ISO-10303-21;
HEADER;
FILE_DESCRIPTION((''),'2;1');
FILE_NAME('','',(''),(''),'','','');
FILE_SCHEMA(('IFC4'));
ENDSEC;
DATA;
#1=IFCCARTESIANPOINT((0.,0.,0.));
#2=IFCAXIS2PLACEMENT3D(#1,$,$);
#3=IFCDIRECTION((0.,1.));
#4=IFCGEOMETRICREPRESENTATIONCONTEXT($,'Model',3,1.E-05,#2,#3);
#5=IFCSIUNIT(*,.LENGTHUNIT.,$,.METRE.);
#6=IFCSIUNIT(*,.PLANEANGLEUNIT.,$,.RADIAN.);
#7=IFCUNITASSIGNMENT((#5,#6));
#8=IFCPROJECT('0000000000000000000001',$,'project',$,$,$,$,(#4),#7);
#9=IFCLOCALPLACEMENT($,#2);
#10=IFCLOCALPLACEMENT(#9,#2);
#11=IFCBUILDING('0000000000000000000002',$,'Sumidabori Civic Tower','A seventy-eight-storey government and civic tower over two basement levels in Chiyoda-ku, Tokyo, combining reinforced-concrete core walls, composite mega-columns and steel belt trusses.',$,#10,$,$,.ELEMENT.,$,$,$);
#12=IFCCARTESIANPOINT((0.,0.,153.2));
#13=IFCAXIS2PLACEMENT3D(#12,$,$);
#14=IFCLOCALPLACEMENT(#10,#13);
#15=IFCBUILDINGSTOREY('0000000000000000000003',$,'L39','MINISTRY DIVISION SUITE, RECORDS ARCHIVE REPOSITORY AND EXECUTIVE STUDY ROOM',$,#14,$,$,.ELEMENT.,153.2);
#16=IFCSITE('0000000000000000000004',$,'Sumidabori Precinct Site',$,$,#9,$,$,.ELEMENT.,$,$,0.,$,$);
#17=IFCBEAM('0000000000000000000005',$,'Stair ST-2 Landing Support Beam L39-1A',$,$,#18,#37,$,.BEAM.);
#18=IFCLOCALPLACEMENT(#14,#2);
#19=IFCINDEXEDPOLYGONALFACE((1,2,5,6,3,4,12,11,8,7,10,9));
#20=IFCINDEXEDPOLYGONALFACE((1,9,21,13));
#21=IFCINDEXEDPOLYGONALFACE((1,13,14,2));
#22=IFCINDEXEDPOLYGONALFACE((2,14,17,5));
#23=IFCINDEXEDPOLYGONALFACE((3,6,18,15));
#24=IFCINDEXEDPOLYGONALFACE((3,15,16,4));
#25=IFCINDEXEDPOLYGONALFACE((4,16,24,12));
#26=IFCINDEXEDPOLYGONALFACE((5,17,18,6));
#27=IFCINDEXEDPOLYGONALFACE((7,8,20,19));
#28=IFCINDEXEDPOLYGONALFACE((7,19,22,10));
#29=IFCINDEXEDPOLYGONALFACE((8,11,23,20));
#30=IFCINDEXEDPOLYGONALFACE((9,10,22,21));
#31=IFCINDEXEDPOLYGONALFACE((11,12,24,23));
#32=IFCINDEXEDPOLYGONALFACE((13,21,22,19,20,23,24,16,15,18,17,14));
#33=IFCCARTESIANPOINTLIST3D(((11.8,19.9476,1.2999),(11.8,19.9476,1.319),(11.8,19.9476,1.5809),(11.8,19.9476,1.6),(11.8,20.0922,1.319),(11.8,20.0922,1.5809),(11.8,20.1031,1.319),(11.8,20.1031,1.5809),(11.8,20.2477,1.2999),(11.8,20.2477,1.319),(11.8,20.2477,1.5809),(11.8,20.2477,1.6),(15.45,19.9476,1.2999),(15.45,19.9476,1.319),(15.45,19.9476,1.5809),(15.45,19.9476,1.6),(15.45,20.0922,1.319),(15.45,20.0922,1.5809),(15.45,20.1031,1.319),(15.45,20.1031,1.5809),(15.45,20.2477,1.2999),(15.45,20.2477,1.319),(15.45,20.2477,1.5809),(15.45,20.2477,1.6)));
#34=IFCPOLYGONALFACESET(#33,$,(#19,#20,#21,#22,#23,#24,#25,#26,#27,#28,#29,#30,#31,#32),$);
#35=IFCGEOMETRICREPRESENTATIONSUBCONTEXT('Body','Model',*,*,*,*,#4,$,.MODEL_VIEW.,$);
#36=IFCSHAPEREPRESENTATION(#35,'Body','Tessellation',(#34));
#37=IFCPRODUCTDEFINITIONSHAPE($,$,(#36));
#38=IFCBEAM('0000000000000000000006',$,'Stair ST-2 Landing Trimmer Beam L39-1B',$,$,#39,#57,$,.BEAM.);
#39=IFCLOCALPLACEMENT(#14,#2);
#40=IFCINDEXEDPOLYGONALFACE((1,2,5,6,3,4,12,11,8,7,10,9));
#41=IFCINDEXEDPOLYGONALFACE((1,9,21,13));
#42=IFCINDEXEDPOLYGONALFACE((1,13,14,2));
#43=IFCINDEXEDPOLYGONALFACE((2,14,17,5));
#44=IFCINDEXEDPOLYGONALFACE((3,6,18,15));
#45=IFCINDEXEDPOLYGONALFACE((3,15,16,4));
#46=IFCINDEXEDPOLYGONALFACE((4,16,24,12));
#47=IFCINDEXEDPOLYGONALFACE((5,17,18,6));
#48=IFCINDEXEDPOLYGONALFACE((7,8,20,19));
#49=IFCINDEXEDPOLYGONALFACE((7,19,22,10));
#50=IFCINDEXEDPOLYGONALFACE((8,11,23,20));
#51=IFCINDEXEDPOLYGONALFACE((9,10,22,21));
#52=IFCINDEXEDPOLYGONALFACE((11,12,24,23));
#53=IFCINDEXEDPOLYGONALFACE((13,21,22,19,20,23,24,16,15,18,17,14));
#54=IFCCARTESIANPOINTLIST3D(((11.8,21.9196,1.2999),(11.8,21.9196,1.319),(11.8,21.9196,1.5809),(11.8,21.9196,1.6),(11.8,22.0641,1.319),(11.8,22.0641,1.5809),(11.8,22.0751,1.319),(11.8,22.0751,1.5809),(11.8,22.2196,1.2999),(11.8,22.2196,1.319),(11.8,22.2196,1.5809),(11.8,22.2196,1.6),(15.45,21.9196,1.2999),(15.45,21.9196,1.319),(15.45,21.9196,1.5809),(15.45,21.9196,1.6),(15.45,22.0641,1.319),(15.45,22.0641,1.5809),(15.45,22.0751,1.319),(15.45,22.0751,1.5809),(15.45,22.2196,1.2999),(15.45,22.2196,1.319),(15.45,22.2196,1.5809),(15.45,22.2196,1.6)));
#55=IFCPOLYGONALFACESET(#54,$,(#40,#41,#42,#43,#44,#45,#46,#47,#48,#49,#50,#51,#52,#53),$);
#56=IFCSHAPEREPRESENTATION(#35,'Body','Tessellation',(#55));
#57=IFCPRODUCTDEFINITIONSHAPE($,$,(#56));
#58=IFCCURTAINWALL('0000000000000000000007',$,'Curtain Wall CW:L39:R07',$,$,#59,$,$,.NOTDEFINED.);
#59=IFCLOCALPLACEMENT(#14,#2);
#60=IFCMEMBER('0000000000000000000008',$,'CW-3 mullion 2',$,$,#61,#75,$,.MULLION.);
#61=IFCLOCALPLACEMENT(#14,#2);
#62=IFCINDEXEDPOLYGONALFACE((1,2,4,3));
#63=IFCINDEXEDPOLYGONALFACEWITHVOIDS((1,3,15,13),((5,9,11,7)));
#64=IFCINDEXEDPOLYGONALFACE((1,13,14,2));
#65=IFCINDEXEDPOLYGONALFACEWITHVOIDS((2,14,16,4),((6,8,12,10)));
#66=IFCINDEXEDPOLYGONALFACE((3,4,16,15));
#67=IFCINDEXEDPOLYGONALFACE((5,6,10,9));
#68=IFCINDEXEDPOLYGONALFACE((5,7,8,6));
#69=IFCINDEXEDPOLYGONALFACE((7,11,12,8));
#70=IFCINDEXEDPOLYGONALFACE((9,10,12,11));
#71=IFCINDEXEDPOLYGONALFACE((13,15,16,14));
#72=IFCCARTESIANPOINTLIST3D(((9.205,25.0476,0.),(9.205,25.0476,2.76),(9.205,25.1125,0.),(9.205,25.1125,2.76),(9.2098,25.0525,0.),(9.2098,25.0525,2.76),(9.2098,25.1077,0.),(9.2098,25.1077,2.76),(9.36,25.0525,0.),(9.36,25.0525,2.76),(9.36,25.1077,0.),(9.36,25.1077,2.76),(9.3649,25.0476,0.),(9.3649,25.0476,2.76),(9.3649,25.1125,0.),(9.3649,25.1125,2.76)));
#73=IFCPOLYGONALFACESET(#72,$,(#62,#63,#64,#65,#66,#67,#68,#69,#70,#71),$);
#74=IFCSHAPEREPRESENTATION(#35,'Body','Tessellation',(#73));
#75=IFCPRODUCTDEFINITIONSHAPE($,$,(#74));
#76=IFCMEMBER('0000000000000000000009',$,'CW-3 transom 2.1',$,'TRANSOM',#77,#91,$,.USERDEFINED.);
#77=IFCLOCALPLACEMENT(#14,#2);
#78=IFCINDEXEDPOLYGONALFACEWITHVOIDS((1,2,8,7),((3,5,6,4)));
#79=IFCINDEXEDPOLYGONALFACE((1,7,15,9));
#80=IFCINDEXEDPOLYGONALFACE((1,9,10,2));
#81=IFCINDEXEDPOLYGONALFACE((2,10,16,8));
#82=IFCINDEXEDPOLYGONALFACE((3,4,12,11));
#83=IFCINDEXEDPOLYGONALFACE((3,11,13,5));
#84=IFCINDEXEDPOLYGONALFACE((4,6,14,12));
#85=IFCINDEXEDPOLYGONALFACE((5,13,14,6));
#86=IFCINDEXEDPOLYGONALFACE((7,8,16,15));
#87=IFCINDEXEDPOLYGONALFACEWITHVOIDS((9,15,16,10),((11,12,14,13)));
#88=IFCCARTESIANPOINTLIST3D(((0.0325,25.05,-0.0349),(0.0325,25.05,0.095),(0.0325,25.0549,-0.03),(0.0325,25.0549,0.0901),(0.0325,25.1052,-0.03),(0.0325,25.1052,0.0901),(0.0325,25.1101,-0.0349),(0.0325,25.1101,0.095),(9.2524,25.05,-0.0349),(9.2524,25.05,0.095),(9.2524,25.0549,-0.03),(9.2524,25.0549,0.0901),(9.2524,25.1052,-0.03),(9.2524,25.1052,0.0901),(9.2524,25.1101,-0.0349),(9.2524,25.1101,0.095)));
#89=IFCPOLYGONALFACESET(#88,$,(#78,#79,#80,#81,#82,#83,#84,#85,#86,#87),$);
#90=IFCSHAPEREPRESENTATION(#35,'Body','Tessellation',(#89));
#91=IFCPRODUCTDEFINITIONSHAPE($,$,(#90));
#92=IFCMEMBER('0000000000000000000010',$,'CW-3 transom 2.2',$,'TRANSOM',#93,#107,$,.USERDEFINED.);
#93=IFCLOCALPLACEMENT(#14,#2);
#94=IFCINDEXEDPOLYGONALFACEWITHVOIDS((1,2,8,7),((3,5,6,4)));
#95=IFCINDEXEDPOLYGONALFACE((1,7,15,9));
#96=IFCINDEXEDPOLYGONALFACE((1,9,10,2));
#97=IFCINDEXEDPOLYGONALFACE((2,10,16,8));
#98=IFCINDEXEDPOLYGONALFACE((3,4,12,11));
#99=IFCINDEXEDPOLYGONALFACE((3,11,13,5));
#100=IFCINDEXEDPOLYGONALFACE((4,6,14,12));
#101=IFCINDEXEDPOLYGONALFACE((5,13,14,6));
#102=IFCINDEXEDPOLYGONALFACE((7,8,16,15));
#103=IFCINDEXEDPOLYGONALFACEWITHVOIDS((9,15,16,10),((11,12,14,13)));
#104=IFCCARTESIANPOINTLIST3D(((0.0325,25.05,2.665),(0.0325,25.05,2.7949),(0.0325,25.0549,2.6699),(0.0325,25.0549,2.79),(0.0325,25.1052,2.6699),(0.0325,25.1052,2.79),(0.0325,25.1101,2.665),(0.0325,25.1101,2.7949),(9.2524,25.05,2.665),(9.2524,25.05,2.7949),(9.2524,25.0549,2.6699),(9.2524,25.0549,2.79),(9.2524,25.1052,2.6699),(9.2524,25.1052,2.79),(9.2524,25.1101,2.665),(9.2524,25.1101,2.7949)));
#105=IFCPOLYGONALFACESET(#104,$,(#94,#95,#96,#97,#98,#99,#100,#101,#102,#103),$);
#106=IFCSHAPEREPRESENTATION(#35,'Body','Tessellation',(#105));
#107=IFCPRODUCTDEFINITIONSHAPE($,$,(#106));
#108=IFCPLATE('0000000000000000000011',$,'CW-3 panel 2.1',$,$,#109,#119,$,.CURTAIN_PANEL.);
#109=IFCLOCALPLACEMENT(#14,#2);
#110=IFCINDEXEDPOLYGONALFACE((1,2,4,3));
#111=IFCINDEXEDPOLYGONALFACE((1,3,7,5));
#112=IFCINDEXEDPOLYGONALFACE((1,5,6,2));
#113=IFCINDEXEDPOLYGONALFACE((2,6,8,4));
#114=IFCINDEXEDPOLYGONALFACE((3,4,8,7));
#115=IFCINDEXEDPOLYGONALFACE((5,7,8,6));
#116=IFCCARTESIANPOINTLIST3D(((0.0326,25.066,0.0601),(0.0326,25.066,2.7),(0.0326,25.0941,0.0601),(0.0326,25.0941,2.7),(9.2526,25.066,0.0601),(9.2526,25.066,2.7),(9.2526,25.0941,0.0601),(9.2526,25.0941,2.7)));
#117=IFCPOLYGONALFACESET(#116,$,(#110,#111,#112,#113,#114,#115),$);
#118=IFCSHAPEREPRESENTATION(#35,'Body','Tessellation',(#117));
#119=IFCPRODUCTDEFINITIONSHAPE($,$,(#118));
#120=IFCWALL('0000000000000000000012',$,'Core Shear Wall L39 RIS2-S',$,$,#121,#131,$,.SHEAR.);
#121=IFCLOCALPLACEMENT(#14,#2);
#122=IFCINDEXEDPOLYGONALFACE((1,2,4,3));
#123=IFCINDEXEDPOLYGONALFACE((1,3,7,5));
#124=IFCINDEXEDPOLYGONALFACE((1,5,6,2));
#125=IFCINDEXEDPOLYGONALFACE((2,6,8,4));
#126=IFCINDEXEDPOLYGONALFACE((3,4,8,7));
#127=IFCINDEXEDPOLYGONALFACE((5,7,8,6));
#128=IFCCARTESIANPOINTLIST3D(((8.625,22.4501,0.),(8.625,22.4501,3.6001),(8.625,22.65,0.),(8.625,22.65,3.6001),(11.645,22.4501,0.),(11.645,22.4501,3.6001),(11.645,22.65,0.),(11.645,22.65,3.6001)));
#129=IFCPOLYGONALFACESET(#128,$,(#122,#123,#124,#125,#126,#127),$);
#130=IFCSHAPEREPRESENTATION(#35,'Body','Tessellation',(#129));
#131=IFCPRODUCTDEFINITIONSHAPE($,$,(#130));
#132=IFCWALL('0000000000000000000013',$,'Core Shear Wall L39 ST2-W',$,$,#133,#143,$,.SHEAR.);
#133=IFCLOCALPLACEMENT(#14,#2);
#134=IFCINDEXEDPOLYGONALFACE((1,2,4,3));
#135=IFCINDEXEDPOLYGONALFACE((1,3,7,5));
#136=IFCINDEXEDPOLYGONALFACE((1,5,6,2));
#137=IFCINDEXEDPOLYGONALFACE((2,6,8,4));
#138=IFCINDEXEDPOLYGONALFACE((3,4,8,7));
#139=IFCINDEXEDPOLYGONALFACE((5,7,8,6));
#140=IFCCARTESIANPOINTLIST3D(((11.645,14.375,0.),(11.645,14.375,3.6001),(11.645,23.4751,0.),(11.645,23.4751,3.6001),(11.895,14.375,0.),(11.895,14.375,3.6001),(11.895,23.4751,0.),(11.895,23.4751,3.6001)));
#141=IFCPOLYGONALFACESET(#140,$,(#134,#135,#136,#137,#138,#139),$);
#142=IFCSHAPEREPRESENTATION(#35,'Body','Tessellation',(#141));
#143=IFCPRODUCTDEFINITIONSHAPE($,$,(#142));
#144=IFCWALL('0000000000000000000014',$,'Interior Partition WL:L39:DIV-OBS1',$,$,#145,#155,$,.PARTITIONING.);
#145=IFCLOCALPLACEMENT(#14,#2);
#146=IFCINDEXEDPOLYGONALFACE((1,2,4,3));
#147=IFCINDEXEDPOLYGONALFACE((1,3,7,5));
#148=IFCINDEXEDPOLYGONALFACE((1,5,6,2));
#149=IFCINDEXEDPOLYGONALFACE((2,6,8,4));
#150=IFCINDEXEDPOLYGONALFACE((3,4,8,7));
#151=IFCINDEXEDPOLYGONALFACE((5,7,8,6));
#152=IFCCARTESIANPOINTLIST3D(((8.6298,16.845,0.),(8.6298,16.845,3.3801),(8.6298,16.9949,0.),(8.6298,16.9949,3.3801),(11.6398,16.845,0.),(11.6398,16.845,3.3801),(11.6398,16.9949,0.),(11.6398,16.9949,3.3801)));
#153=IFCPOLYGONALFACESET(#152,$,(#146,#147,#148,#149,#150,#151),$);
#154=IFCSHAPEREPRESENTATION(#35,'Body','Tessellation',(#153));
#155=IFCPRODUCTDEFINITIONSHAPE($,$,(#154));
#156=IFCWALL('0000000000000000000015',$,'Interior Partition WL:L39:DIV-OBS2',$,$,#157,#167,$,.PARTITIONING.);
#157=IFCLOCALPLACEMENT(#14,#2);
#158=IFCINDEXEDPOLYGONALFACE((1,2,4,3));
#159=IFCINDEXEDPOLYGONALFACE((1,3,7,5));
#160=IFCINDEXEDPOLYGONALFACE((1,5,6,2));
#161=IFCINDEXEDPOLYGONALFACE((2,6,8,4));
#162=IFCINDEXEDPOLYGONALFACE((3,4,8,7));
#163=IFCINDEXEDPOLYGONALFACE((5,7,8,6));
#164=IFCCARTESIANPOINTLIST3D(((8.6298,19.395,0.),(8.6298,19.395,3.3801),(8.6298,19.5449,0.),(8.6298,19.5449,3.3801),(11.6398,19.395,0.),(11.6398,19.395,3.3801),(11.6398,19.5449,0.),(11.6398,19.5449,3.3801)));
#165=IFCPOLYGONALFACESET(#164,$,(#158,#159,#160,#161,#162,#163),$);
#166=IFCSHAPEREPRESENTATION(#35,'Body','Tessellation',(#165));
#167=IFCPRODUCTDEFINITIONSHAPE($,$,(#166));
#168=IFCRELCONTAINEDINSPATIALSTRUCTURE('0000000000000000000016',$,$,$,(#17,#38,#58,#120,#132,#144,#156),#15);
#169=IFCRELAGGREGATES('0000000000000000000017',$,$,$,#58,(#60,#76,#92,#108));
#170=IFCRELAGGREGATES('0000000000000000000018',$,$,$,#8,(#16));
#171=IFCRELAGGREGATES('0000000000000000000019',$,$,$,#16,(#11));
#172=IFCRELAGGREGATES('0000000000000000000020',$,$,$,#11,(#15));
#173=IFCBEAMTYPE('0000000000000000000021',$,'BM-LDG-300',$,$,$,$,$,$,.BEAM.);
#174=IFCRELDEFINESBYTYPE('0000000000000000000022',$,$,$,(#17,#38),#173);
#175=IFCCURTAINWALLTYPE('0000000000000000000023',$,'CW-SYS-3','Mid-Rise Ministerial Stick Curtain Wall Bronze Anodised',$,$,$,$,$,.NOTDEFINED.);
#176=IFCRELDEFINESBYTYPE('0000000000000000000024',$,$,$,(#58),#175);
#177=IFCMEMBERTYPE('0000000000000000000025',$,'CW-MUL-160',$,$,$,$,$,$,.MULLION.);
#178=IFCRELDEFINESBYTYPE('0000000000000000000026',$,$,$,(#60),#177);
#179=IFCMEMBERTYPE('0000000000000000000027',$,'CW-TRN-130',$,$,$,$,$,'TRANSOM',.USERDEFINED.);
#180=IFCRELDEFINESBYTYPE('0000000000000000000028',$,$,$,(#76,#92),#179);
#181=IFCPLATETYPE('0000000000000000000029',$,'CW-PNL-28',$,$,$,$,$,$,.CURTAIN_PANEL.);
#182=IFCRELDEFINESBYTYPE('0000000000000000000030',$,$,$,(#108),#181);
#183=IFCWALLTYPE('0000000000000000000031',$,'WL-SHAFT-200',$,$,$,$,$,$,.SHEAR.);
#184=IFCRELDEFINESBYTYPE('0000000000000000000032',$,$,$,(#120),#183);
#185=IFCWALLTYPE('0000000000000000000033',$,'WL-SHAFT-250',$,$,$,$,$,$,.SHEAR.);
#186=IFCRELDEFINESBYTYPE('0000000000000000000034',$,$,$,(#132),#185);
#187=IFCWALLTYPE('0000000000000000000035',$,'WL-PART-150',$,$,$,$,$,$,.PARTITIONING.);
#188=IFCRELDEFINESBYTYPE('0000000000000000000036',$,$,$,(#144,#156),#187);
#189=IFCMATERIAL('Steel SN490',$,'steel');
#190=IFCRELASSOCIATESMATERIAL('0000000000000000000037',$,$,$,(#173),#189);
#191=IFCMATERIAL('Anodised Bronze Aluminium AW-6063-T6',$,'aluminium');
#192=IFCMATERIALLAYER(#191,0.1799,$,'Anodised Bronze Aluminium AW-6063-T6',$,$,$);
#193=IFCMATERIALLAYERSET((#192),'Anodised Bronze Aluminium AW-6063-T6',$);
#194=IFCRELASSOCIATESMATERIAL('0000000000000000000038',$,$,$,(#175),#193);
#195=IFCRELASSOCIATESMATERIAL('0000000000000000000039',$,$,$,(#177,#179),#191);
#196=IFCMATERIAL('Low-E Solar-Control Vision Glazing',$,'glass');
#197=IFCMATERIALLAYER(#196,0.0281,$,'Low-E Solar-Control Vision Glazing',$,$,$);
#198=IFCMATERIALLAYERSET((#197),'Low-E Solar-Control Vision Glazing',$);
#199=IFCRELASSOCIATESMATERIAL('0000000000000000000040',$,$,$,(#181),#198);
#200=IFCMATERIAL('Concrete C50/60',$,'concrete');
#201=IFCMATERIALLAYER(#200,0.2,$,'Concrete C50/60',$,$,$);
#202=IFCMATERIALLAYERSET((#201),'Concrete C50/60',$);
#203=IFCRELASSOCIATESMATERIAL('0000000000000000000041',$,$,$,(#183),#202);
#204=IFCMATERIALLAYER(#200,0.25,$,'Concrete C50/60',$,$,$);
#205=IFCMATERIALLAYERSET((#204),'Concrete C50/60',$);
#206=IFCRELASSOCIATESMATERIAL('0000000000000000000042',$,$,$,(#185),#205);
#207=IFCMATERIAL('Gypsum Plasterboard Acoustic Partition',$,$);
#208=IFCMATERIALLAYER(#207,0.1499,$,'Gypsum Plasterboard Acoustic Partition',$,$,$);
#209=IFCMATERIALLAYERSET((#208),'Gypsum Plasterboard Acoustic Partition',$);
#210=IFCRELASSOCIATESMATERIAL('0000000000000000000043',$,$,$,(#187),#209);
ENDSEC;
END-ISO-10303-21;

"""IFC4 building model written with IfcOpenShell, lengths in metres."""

from ifc_helpers import new_model, si_unit, direction, frame, frame_2d, origin, origin_2d, place, context, subcontext, project, spatial, rectangle, hollow_rectangle, i_section, extrude, source, transform, mapped, material, layer, layer_set, material_profile, profile_set, type_object, element, aggregate, save


model = new_model("IFC4")

# Units and contexts
model_context = context("Model", 3, precision=1e-05, world=origin(), true_north=direction((0.0, 1.0)))
body_context = subcontext(model_context, "Body", "Model", "MODEL_VIEW")
ifc_project = project(units=[si_unit("LENGTHUNIT", "METRE"), si_unit("PLANEANGLEUNIT", "RADIAN")], contexts=[model_context])

# Site, building, storey
site_placement = place(None, origin())
site = spatial("IfcSite", under=ifc_project, at=site_placement, Name="Sumidabori Precinct Site", CompositionType="ELEMENT", RefElevation=0.0)
building_placement = place(site_placement, origin())
building = spatial("IfcBuilding", under=site, at=building_placement, Name="Sumidabori Civic Tower", Description="A seventy-eight-storey government and civic tower over two basement levels in Chiyoda-ku, Tokyo, combining reinforced-concrete core walls, composite mega-columns and steel belt trusses.", CompositionType="ELEMENT")
storey_placement = place(building_placement, frame((0.0, 0.0, 153.2)))
storey = spatial("IfcBuildingStorey", under=building, at=storey_placement, Name="L39", Description="MINISTRY DIVISION SUITE, RECORDS ARCHIVE REPOSITORY AND EXECUTIVE STUDY ROOM", CompositionType="ELEMENT", Elevation=153.2)

# Beams
ifc_material_1 = material(Name="Steel SN490", Category="steel")
ifc_material_profile_1 = material_profile(ifc_material_1, i_section(OverallWidth=0.3, OverallDepth=0.3, WebThickness=0.011, FlangeThickness=0.019, at=origin_2d()), Name="HE 300 B")
ifc_profile_set_1 = profile_set([ifc_material_profile_1], Name="Steel SN490")
beam_type = type_object("IfcBeamType", Name="BM-LDG-300", PredefinedType="BEAM", material=ifc_profile_set_1)
shared_shape_1 = source(origin(), body_context, "Body", "SweptSolid", [
    extrude(i_section(OverallWidth=0.3, OverallDepth=0.3, WebThickness=0.011, FlangeThickness=0.019, at=origin_2d()), origin(), (0.0, 0.0, 1.0), 3.6499),
])
for number, where, z_axis, x_axis, name in (
    (1, (11.8, 20.0977, 1.45), (1.0, 0.0, 0.0), (0.0, 1.0, 0.0), "Stair ST-2 Landing Support Beam L39-1A"),
    (2, (11.8, 22.0696, 1.45), (1.0, 0.0, 0.0), (0.0, 1.0, 0.0), "Stair ST-2 Landing Trimmer Beam L39-1B"),
):
    element("IfcBeam", number, at=place(storey_placement, frame(where, z_axis=z_axis, x_axis=x_axis)), inside=storey, type_object=beam_type, Name=name, PredefinedType="BEAM", context=body_context, shape_type="MappedRepresentation", body=[
        mapped(shared_shape_1, transform((0.0, 0.0, 0.0), x_axis=(1.0, 0.0, 0.0), y_axis=(0.0, 1.0, 0.0), z_axis=(0.0, 0.0, 1.0), scale=1.0)),
    ])

# Curtain wall, members, plate
ifc_material_2 = material(Name="Anodised Bronze Aluminium AW-6063-T6", Category="aluminium")
ifc_layer_1 = layer(ifc_material_2, 0.1799, Name="Anodised Bronze Aluminium AW-6063-T6")
ifc_layer_set_1 = layer_set([ifc_layer_1], Name="Anodised Bronze Aluminium AW-6063-T6")
curtain_wall_type = type_object("IfcCurtainWallType", Name="CW-SYS-3", Description="Mid-Rise Ministerial Stick Curtain Wall Bronze Anodised", PredefinedType="NOTDEFINED", material=ifc_layer_set_1)
curtain_wall_placement = place(storey_placement, origin())
curtain_wall = element("IfcCurtainWall", 3, at=curtain_wall_placement, inside=storey, type_object=curtain_wall_type, Name="Curtain Wall CW:L39:R07", PredefinedType="NOTDEFINED")
ifc_material_profile_2 = material_profile(ifc_material_2, hollow_rectangle(XDim=0.0649, YDim=0.1599, WallThickness=0.0049, at=origin_2d()), Name="ALU MULLION 160x65")
ifc_profile_set_2 = profile_set([ifc_material_profile_2], Name="Anodised Bronze Aluminium AW-6063-T6")
member_type_1 = type_object("IfcMemberType", Name="CW-MUL-160", PredefinedType="MULLION", material=ifc_profile_set_2)
shared_shape_2 = source(origin(), body_context, "Body", "SweptSolid", [
    extrude(hollow_rectangle(XDim=0.0649, YDim=0.1599, WallThickness=0.0049, at=origin_2d()), origin(), (0.0, 0.0, 1.0), 2.76),
])
member_1_placement = place(storey_placement, frame((9.2849, 25.0801, 0.0), z_axis=(0.0, 0.0, 1.0), x_axis=(0.0, -1.0, 0.0)))
member_1 = element("IfcMember", 4, at=member_1_placement, type_object=member_type_1, Name="CW-3 mullion 2", PredefinedType="MULLION", context=body_context, shape_type="MappedRepresentation", body=[
    mapped(shared_shape_2, transform((0.0, 0.0, 0.0), x_axis=(1.0, 0.0, 0.0), y_axis=(0.0, 1.0, 0.0), z_axis=(0.0, 0.0, 1.0), scale=1.0)),
])
ifc_material_profile_3 = material_profile(ifc_material_2, hollow_rectangle(XDim=0.0601, YDim=0.1299, WallThickness=0.0049, at=origin_2d()), Name="ALU TRANSOM 130x60")
ifc_profile_set_3 = profile_set([ifc_material_profile_3], Name="Anodised Bronze Aluminium AW-6063-T6")
member_type_2 = type_object("IfcMemberType", Name="CW-TRN-130", ElementType="TRANSOM", PredefinedType="USERDEFINED", material=ifc_profile_set_3)
shared_shape_3 = source(origin(), body_context, "Body", "SweptSolid", [
    extrude(hollow_rectangle(XDim=0.0601, YDim=0.1299, WallThickness=0.0049, at=origin_2d()), origin(), (0.0, 0.0, 1.0), 9.22),
])
member_2_placement = place(storey_placement, frame((9.2524, 25.0801, 0.03), z_axis=(-1.0, 0.0, 0.0), x_axis=(0.0, -1.0, 0.0)))
member_2 = element("IfcMember", 5, at=member_2_placement, type_object=member_type_2, Name="CW-3 transom 2.1", ObjectType="TRANSOM", PredefinedType="USERDEFINED", context=body_context, shape_type="MappedRepresentation", body=[
    mapped(shared_shape_3, transform((0.0, 0.0, 0.0), x_axis=(1.0, 0.0, 0.0), y_axis=(0.0, 1.0, 0.0), z_axis=(0.0, 0.0, 1.0), scale=1.0)),
])
member_3_placement = place(storey_placement, frame((9.2524, 25.0801, 2.73), z_axis=(-1.0, 0.0, 0.0), x_axis=(0.0, -1.0, 0.0)))
member_3 = element("IfcMember", 6, at=member_3_placement, type_object=member_type_2, Name="CW-3 transom 2.2", ObjectType="TRANSOM", PredefinedType="USERDEFINED", context=body_context, shape_type="MappedRepresentation", body=[
    mapped(shared_shape_3, transform((0.0, 0.0, 0.0), x_axis=(1.0, 0.0, 0.0), y_axis=(0.0, 1.0, 0.0), z_axis=(0.0, 0.0, 1.0), scale=1.0)),
])
ifc_material_3 = material(Name="Low-E Solar-Control Vision Glazing", Category="glass")
ifc_layer_2 = layer(ifc_material_3, 0.0281, Name="Low-E Solar-Control Vision Glazing")
ifc_layer_set_2 = layer_set([ifc_layer_2], Name="Low-E Solar-Control Vision Glazing")
plate_type = type_object("IfcPlateType", Name="CW-PNL-28", PredefinedType="CURTAIN_PANEL", material=ifc_layer_set_2)
shared_shape_4 = source(origin(), body_context, "Body", "SweptSolid", [
    extrude(rectangle(XDim=9.22, YDim=0.0281, at=origin_2d()), origin(), (0.0, 0.0, 1.0), 2.6399),
])
plate_placement = place(storey_placement, frame((4.6426, 25.0801, 0.0601), z_axis=(0.0, 0.0, 1.0), x_axis=(-1.0, 0.0, 0.0)))
plate = element("IfcPlate", 7, at=plate_placement, type_object=plate_type, Name="CW-3 panel 2.1", PredefinedType="CURTAIN_PANEL", context=body_context, shape_type="MappedRepresentation", body=[
    mapped(shared_shape_4, transform((0.0, 0.0, 0.0), x_axis=(1.0, 0.0, 0.0), y_axis=(0.0, 1.0, 0.0), z_axis=(0.0, 0.0, 1.0), scale=1.0)),
])
aggregate(curtain_wall, [member_1, member_2, member_3, plate])

# Wall
ifc_material_4 = material(Name="Concrete C50/60", Category="concrete")
ifc_layer_3 = layer(ifc_material_4, 0.2, Name="Concrete C50/60")
ifc_layer_set_3 = layer_set([ifc_layer_3], Name="Concrete C50/60")
wall_type_1 = type_object("IfcWallType", Name="WL-SHAFT-200", PredefinedType="SHEAR", material=ifc_layer_set_3)
shared_shape_5 = source(origin(), body_context, "Body", "SweptSolid", [
    extrude(rectangle(XDim=3.02, YDim=0.2, at=frame_2d((1.51, 0.0))), origin(), (0.0, 0.0, 1.0), 3.6001),
])
wall_1_placement = place(storey_placement, frame((8.625, 22.55, 0.0), z_axis=(0.0, 0.0, 1.0), x_axis=(1.0, 0.0, 0.0)))
element("IfcWall", 8, at=wall_1_placement, inside=storey, type_object=wall_type_1, Name="Core Shear Wall L39 RIS2-S", PredefinedType="SHEAR", context=body_context, shape_type="MappedRepresentation", body=[
    mapped(shared_shape_5, transform((0.0, 0.0, 0.0), x_axis=(1.0, 0.0, 0.0), y_axis=(0.0, 1.0, 0.0), z_axis=(0.0, 0.0, 1.0), scale=1.0)),
])

# Shared definitions
ifc_layer_4 = layer(ifc_material_4, 0.25, Name="Concrete C50/60")
ifc_layer_set_4 = layer_set([ifc_layer_4], Name="Concrete C50/60")
wall_type_2 = type_object("IfcWallType", Name="WL-SHAFT-250", PredefinedType="SHEAR", material=ifc_layer_set_4)

# Walls
shared_shape_6 = source(origin(), body_context, "Body", "SweptSolid", [
    extrude(rectangle(XDim=9.1001, YDim=0.25, at=frame_2d((4.55, 0.0))), origin(), (0.0, 0.0, 1.0), 3.6001),
])
wall_2_placement = place(storey_placement, frame((11.77, 14.375, 0.0), z_axis=(0.0, 0.0, 1.0), x_axis=(0.0, 1.0, 0.0)))
element("IfcWall", 9, at=wall_2_placement, inside=storey, type_object=wall_type_2, Name="Core Shear Wall L39 ST2-W", PredefinedType="SHEAR", context=body_context, shape_type="MappedRepresentation", body=[
    mapped(shared_shape_6, transform((0.0, 0.0, 0.0), x_axis=(1.0, 0.0, 0.0), y_axis=(0.0, 1.0, 0.0), z_axis=(0.0, 0.0, 1.0), scale=1.0)),
])
ifc_material_5 = material(Name="Gypsum Plasterboard Acoustic Partition")
ifc_layer_5 = layer(ifc_material_5, 0.1499, Name="Gypsum Plasterboard Acoustic Partition")
ifc_layer_set_5 = layer_set([ifc_layer_5], Name="Gypsum Plasterboard Acoustic Partition")
wall_type_3 = type_object("IfcWallType", Name="WL-PART-150", PredefinedType="PARTITIONING", material=ifc_layer_set_5)
shared_shape_7 = source(origin(), body_context, "Body", "SweptSolid", [
    extrude(rectangle(XDim=3.01, YDim=0.1499, at=frame_2d((1.5049, 0.0))), origin(), (0.0, 0.0, 1.0), 3.3801),
])
for number, where, z_axis, x_axis, name in (
    (10, (8.6299, 16.9199, 0.0), (0.0, 0.0, 1.0), (1.0, 0.0, 0.0), "Interior Partition WL:L39:DIV-OBS1"),
    (11, (8.6299, 19.47, 0.0), (0.0, 0.0, 1.0), (1.0, 0.0, 0.0), "Interior Partition WL:L39:DIV-OBS2"),
):
    element("IfcWall", number, at=place(storey_placement, frame(where, z_axis=z_axis, x_axis=x_axis)), inside=storey, type_object=wall_type_3, Name=name, PredefinedType="PARTITIONING", context=body_context, shape_type="MappedRepresentation", body=[
        mapped(shared_shape_7, transform((0.0, 0.0, 0.0), x_axis=(1.0, 0.0, 0.0), y_axis=(0.0, 1.0, 0.0), z_axis=(0.0, 0.0, 1.0), scale=1.0)),
    ])

save(model, "model.ifc")
